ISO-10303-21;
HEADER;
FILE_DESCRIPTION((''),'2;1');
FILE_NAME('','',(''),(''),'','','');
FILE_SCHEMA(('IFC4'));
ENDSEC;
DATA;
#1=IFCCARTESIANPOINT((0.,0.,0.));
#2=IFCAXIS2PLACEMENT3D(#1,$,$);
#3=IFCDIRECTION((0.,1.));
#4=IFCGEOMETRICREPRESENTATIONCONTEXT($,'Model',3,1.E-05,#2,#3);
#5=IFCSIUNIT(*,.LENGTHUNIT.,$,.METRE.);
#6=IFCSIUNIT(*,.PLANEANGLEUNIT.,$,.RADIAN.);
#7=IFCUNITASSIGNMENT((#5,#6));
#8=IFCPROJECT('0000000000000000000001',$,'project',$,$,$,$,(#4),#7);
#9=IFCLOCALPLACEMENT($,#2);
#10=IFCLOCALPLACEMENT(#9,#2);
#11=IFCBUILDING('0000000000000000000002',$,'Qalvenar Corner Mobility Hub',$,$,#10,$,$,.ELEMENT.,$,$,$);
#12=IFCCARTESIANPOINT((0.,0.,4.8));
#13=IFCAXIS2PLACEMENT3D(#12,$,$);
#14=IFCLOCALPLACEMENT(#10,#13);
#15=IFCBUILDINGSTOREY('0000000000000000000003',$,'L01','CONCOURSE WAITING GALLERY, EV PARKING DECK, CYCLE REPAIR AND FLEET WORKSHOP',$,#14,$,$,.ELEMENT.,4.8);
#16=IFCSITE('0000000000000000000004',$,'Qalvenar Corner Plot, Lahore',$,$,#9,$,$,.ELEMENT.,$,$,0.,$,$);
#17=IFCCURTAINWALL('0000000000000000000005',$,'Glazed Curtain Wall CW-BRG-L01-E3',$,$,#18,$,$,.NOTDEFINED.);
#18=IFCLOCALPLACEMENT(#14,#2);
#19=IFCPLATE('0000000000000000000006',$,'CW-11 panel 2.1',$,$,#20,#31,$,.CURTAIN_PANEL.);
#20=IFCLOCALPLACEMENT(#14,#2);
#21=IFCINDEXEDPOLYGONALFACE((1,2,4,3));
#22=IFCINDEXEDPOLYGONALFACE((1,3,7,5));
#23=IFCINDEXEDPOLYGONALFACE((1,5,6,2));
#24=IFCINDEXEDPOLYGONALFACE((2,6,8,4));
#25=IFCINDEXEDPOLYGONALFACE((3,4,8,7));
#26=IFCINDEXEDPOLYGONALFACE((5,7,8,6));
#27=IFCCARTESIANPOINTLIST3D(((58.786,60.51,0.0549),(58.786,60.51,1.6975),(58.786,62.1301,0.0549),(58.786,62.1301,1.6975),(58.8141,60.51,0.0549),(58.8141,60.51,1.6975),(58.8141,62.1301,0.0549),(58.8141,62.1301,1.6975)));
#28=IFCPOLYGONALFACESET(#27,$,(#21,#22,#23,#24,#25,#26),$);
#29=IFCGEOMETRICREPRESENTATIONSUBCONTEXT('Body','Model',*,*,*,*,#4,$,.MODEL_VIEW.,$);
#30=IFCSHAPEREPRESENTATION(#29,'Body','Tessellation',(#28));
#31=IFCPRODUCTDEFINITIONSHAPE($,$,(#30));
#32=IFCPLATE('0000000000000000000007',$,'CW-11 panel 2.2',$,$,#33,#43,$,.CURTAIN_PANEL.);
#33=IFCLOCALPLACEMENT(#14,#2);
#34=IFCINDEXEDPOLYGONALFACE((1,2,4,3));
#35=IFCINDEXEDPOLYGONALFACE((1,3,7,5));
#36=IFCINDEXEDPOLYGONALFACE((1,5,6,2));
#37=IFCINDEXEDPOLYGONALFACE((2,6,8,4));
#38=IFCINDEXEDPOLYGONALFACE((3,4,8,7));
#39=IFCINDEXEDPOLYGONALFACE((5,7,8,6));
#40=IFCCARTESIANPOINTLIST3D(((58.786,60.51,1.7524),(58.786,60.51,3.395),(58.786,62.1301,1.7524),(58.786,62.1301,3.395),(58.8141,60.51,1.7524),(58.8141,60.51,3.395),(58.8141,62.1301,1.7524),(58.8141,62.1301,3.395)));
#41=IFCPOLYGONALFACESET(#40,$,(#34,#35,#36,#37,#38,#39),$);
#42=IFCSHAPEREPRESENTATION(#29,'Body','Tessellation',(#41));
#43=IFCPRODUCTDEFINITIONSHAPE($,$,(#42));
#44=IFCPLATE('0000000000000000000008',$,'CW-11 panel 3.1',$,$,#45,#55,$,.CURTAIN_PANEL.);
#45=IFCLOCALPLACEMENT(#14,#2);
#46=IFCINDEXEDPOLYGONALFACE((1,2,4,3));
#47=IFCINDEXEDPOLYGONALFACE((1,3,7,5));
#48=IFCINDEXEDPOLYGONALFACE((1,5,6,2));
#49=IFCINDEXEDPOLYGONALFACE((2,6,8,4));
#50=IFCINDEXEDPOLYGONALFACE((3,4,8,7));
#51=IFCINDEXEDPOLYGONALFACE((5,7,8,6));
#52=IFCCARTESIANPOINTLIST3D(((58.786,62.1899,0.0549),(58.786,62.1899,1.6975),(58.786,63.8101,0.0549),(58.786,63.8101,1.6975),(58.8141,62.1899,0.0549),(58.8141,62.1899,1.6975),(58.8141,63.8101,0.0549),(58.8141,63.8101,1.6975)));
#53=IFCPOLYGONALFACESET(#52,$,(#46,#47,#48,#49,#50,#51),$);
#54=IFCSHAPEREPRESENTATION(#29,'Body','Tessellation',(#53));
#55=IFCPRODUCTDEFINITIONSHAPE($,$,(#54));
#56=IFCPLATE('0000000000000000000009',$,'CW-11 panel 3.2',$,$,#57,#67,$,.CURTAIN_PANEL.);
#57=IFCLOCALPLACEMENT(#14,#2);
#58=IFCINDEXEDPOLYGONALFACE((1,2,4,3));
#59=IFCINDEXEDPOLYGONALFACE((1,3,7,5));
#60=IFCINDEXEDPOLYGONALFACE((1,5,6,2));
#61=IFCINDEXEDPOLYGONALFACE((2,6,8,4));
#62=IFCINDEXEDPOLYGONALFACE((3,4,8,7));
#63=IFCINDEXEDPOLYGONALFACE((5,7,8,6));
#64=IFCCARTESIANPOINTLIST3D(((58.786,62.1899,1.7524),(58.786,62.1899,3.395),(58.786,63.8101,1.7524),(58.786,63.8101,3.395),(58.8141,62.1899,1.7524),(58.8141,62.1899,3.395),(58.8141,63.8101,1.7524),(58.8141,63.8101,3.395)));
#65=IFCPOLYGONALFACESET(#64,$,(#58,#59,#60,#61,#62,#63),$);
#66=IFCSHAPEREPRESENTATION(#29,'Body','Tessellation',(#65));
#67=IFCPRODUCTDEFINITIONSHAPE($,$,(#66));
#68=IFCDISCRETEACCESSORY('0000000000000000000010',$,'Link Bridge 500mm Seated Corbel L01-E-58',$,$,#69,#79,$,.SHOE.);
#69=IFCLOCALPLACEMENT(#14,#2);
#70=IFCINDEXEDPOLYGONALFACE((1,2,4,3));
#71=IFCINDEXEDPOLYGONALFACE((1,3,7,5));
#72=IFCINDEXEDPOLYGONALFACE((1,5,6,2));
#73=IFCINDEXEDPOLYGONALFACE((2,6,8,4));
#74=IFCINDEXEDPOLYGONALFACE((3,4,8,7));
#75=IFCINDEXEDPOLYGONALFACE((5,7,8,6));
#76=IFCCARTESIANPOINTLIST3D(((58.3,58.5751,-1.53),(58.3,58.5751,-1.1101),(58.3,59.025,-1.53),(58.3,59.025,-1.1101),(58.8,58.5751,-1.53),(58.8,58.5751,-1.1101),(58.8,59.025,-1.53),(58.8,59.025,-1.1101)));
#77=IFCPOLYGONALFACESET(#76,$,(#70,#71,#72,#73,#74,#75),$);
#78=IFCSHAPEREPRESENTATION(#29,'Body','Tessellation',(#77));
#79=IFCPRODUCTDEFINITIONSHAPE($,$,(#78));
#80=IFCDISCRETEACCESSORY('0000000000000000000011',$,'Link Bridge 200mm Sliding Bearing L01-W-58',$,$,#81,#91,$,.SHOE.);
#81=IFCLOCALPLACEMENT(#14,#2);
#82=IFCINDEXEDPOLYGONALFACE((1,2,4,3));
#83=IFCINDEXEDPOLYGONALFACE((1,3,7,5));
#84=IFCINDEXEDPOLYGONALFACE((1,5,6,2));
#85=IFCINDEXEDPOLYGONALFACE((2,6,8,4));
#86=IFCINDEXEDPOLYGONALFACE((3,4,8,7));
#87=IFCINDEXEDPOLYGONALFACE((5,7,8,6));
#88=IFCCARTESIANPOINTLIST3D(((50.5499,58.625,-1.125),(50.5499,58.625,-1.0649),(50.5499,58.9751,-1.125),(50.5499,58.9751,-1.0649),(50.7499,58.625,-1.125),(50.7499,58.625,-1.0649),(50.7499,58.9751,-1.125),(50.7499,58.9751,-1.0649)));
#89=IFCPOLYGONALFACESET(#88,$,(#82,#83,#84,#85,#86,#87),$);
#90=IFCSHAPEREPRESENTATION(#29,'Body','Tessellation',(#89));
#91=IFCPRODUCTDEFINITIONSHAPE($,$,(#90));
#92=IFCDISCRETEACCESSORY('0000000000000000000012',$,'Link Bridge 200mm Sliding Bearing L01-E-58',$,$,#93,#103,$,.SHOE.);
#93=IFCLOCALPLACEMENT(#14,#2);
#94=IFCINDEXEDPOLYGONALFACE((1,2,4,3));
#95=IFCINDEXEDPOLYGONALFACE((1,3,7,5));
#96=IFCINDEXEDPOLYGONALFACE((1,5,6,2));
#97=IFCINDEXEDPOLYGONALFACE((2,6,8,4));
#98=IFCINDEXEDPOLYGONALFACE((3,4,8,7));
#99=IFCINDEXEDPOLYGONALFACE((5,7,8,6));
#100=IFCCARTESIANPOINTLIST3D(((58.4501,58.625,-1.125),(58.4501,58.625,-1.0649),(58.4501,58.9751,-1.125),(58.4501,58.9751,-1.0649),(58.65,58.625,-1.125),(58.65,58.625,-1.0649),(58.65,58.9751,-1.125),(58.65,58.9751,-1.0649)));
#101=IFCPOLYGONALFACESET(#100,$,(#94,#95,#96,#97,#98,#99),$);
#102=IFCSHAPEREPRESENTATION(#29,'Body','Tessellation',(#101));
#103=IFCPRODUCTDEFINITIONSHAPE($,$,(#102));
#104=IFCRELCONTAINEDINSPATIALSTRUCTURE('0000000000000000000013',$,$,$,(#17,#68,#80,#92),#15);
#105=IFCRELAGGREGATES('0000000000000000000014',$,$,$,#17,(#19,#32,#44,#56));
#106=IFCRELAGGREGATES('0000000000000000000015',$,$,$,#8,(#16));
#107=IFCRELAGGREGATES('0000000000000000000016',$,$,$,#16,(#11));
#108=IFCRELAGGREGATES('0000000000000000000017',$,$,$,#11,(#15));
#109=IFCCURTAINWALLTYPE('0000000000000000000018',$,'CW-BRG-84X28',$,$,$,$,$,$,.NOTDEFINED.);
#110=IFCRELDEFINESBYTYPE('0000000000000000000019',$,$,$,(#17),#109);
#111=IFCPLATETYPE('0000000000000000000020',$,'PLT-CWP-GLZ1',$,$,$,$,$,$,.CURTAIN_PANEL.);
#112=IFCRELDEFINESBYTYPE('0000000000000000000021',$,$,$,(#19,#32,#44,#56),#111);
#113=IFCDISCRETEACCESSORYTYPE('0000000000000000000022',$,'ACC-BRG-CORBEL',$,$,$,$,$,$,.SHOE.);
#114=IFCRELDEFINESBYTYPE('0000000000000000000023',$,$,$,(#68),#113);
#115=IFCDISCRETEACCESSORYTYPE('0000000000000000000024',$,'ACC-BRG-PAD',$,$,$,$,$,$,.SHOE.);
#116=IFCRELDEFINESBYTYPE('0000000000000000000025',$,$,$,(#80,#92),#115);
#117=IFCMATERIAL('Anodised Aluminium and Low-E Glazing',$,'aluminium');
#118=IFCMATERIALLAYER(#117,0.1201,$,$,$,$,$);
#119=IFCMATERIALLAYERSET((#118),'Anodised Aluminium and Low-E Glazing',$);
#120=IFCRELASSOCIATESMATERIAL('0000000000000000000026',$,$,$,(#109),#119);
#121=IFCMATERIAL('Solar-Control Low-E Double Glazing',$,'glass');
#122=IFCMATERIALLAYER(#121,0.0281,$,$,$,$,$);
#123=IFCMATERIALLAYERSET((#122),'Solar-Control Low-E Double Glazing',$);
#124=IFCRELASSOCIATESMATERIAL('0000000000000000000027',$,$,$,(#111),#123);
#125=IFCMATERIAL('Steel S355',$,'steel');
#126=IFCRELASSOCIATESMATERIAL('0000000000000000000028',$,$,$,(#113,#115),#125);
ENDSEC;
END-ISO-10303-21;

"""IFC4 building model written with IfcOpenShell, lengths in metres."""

from ifc_helpers import new_model, si_unit, direction, frame, origin, origin_2d, place, context, subcontext, project, spatial, rectangle, extrude, material, layer, layer_set, type_object, element, aggregate, save


model = new_model("IFC4")

# Units and contexts
model_context = context("Model", 3, precision=1e-05, world=origin(), true_north=direction((0.0, 1.0)))
body_context = subcontext(model_context, "Body", "Model", "MODEL_VIEW")
ifc_project = project(units=[si_unit("LENGTHUNIT", "METRE"), si_unit("PLANEANGLEUNIT", "RADIAN")], contexts=[model_context])

# Site, building, storey
site_placement = place(None, origin())
site = spatial("IfcSite", under=ifc_project, at=site_placement, Name="Qalvenar Corner Plot, Lahore", CompositionType="ELEMENT", RefElevation=0.0)
building_placement = place(site_placement, origin())
building = spatial("IfcBuilding", under=site, at=building_placement, Name="Qalvenar Corner Mobility Hub", CompositionType="ELEMENT")
storey_placement = place(building_placement, frame((0.0, 0.0, 4.8)))
storey = spatial("IfcBuildingStorey", under=building, at=storey_placement, Name="L01", Description="CONCOURSE WAITING GALLERY, EV PARKING DECK, CYCLE REPAIR AND FLEET WORKSHOP", CompositionType="ELEMENT", Elevation=4.8)

# Shared definitions
ifc_material_1 = material(Name="Steel S355", Category="steel")

# Shared definitions
ifc_material_2 = material(Name="Anodised Aluminium and Low-E Glazing", Category="aluminium")
ifc_layer_1 = layer(ifc_material_2, 0.1201)
ifc_layer_set_1 = layer_set([ifc_layer_1], Name="Anodised Aluminium and Low-E Glazing")
curtain_wall_type = type_object("IfcCurtainWallType", Name="CW-BRG-84X28", PredefinedType="NOTDEFINED", material=ifc_layer_set_1)

# Curtain wall
curtain_wall_1_placement = place(storey_placement, origin())
curtain_wall_1 = element("IfcCurtainWall", 1, at=curtain_wall_1_placement, inside=storey, type_object=curtain_wall_type, Name="Glazed Curtain Wall CW-BRG-L01-E3", PredefinedType="NOTDEFINED")

# Plates
ifc_material_3 = material(Name="Solar-Control Low-E Double Glazing", Category="glass")
ifc_layer_2 = layer(ifc_material_3, 0.0281)
ifc_layer_set_2 = layer_set([ifc_layer_2], Name="Solar-Control Low-E Double Glazing")
plate_type = type_object("IfcPlateType", Name="PLT-CWP-GLZ1", PredefinedType="CURTAIN_PANEL", material=ifc_layer_set_2)
plate_1_placement = place(storey_placement, frame((58.8, 61.3201, 0.0549), z_axis=(0.0, 0.0, 1.0), x_axis=(0.0, 1.0, 0.0)))
plate_1 = element("IfcPlate", 2, at=plate_1_placement, type_object=plate_type, Name="CW-11 panel 2.1", PredefinedType="CURTAIN_PANEL", context=body_context, shape_type="SweptSolid", body=[
    extrude(rectangle(XDim=1.6201, YDim=0.0281, at=origin_2d()), origin(), (0.0, 0.0, 1.0), 1.6426),
])
plate_2_placement = place(storey_placement, frame((58.8, 61.3201, 1.7524), z_axis=(0.0, 0.0, 1.0), x_axis=(0.0, 1.0, 0.0)))
plate_2 = element("IfcPlate", 3, at=plate_2_placement, type_object=plate_type, Name="CW-11 panel 2.2", PredefinedType="CURTAIN_PANEL", context=body_context, shape_type="SweptSolid", body=[
    extrude(rectangle(XDim=1.6201, YDim=0.0281, at=origin_2d()), origin(), (0.0, 0.0, 1.0), 1.6426),
])
plate_3_placement = place(storey_placement, frame((58.8, 63.0, 0.0549), z_axis=(0.0, 0.0, 1.0), x_axis=(0.0, 1.0, 0.0)))
plate_3 = element("IfcPlate", 4, at=plate_3_placement, type_object=plate_type, Name="CW-11 panel 3.1", PredefinedType="CURTAIN_PANEL", context=body_context, shape_type="SweptSolid", body=[
    extrude(rectangle(XDim=1.6201, YDim=0.0281, at=origin_2d()), origin(), (0.0, 0.0, 1.0), 1.6426),
])
plate_4_placement = place(storey_placement, frame((58.8, 63.0, 1.7524), z_axis=(0.0, 0.0, 1.0), x_axis=(0.0, 1.0, 0.0)))
plate_4 = element("IfcPlate", 5, at=plate_4_placement, type_object=plate_type, Name="CW-11 panel 3.2", PredefinedType="CURTAIN_PANEL", context=body_context, shape_type="SweptSolid", body=[
    extrude(rectangle(XDim=1.6201, YDim=0.0281, at=origin_2d()), origin(), (0.0, 0.0, 1.0), 1.6426),
])
aggregate(curtain_wall_1, [plate_1, plate_2, plate_3, plate_4])

# Discrete accessories
discrete_accessory_type_1 = type_object("IfcDiscreteAccessoryType", Name="ACC-BRG-CORBEL", PredefinedType="SHOE", material=ifc_material_1)
discrete_accessory_placement = place(storey_placement, frame((58.55, 58.8, -1.53), z_axis=(0.0, 0.0, 1.0), x_axis=(1.0, 0.0, 0.0)))
element("IfcDiscreteAccessory", 6, at=discrete_accessory_placement, inside=storey, type_object=discrete_accessory_type_1, Name="Link Bridge 500mm Seated Corbel L01-E-58", PredefinedType="SHOE", context=body_context, shape_type="SweptSolid", body=[
    extrude(rectangle(XDim=0.5, YDim=0.45, at=origin_2d()), origin(), (0.0, 0.0, 1.0), 0.4199),
])
discrete_accessory_type_2 = type_object("IfcDiscreteAccessoryType", Name="ACC-BRG-PAD", PredefinedType="SHOE", material=ifc_material_1)
for number, where, z_axis, x_axis, name in (
    (7, (50.6499, 58.8, -1.125), (0.0, 0.0, 1.0), (1.0, 0.0, 0.0), "Link Bridge 200mm Sliding Bearing L01-W-58"),
    (8, (58.55, 58.8, -1.125), (0.0, 0.0, 1.0), (1.0, 0.0, 0.0), "Link Bridge 200mm Sliding Bearing L01-E-58"),
):
    element("IfcDiscreteAccessory", number, at=place(storey_placement, frame(where, z_axis=z_axis, x_axis=x_axis)), inside=storey, type_object=discrete_accessory_type_2, Name=name, PredefinedType="SHOE", context=body_context, shape_type="SweptSolid", body=[
        extrude(rectangle(XDim=0.2, YDim=0.3501, at=origin_2d()), origin(), (0.0, 0.0, 1.0), 0.0601),
    ])

save(model, "model.ifc")
